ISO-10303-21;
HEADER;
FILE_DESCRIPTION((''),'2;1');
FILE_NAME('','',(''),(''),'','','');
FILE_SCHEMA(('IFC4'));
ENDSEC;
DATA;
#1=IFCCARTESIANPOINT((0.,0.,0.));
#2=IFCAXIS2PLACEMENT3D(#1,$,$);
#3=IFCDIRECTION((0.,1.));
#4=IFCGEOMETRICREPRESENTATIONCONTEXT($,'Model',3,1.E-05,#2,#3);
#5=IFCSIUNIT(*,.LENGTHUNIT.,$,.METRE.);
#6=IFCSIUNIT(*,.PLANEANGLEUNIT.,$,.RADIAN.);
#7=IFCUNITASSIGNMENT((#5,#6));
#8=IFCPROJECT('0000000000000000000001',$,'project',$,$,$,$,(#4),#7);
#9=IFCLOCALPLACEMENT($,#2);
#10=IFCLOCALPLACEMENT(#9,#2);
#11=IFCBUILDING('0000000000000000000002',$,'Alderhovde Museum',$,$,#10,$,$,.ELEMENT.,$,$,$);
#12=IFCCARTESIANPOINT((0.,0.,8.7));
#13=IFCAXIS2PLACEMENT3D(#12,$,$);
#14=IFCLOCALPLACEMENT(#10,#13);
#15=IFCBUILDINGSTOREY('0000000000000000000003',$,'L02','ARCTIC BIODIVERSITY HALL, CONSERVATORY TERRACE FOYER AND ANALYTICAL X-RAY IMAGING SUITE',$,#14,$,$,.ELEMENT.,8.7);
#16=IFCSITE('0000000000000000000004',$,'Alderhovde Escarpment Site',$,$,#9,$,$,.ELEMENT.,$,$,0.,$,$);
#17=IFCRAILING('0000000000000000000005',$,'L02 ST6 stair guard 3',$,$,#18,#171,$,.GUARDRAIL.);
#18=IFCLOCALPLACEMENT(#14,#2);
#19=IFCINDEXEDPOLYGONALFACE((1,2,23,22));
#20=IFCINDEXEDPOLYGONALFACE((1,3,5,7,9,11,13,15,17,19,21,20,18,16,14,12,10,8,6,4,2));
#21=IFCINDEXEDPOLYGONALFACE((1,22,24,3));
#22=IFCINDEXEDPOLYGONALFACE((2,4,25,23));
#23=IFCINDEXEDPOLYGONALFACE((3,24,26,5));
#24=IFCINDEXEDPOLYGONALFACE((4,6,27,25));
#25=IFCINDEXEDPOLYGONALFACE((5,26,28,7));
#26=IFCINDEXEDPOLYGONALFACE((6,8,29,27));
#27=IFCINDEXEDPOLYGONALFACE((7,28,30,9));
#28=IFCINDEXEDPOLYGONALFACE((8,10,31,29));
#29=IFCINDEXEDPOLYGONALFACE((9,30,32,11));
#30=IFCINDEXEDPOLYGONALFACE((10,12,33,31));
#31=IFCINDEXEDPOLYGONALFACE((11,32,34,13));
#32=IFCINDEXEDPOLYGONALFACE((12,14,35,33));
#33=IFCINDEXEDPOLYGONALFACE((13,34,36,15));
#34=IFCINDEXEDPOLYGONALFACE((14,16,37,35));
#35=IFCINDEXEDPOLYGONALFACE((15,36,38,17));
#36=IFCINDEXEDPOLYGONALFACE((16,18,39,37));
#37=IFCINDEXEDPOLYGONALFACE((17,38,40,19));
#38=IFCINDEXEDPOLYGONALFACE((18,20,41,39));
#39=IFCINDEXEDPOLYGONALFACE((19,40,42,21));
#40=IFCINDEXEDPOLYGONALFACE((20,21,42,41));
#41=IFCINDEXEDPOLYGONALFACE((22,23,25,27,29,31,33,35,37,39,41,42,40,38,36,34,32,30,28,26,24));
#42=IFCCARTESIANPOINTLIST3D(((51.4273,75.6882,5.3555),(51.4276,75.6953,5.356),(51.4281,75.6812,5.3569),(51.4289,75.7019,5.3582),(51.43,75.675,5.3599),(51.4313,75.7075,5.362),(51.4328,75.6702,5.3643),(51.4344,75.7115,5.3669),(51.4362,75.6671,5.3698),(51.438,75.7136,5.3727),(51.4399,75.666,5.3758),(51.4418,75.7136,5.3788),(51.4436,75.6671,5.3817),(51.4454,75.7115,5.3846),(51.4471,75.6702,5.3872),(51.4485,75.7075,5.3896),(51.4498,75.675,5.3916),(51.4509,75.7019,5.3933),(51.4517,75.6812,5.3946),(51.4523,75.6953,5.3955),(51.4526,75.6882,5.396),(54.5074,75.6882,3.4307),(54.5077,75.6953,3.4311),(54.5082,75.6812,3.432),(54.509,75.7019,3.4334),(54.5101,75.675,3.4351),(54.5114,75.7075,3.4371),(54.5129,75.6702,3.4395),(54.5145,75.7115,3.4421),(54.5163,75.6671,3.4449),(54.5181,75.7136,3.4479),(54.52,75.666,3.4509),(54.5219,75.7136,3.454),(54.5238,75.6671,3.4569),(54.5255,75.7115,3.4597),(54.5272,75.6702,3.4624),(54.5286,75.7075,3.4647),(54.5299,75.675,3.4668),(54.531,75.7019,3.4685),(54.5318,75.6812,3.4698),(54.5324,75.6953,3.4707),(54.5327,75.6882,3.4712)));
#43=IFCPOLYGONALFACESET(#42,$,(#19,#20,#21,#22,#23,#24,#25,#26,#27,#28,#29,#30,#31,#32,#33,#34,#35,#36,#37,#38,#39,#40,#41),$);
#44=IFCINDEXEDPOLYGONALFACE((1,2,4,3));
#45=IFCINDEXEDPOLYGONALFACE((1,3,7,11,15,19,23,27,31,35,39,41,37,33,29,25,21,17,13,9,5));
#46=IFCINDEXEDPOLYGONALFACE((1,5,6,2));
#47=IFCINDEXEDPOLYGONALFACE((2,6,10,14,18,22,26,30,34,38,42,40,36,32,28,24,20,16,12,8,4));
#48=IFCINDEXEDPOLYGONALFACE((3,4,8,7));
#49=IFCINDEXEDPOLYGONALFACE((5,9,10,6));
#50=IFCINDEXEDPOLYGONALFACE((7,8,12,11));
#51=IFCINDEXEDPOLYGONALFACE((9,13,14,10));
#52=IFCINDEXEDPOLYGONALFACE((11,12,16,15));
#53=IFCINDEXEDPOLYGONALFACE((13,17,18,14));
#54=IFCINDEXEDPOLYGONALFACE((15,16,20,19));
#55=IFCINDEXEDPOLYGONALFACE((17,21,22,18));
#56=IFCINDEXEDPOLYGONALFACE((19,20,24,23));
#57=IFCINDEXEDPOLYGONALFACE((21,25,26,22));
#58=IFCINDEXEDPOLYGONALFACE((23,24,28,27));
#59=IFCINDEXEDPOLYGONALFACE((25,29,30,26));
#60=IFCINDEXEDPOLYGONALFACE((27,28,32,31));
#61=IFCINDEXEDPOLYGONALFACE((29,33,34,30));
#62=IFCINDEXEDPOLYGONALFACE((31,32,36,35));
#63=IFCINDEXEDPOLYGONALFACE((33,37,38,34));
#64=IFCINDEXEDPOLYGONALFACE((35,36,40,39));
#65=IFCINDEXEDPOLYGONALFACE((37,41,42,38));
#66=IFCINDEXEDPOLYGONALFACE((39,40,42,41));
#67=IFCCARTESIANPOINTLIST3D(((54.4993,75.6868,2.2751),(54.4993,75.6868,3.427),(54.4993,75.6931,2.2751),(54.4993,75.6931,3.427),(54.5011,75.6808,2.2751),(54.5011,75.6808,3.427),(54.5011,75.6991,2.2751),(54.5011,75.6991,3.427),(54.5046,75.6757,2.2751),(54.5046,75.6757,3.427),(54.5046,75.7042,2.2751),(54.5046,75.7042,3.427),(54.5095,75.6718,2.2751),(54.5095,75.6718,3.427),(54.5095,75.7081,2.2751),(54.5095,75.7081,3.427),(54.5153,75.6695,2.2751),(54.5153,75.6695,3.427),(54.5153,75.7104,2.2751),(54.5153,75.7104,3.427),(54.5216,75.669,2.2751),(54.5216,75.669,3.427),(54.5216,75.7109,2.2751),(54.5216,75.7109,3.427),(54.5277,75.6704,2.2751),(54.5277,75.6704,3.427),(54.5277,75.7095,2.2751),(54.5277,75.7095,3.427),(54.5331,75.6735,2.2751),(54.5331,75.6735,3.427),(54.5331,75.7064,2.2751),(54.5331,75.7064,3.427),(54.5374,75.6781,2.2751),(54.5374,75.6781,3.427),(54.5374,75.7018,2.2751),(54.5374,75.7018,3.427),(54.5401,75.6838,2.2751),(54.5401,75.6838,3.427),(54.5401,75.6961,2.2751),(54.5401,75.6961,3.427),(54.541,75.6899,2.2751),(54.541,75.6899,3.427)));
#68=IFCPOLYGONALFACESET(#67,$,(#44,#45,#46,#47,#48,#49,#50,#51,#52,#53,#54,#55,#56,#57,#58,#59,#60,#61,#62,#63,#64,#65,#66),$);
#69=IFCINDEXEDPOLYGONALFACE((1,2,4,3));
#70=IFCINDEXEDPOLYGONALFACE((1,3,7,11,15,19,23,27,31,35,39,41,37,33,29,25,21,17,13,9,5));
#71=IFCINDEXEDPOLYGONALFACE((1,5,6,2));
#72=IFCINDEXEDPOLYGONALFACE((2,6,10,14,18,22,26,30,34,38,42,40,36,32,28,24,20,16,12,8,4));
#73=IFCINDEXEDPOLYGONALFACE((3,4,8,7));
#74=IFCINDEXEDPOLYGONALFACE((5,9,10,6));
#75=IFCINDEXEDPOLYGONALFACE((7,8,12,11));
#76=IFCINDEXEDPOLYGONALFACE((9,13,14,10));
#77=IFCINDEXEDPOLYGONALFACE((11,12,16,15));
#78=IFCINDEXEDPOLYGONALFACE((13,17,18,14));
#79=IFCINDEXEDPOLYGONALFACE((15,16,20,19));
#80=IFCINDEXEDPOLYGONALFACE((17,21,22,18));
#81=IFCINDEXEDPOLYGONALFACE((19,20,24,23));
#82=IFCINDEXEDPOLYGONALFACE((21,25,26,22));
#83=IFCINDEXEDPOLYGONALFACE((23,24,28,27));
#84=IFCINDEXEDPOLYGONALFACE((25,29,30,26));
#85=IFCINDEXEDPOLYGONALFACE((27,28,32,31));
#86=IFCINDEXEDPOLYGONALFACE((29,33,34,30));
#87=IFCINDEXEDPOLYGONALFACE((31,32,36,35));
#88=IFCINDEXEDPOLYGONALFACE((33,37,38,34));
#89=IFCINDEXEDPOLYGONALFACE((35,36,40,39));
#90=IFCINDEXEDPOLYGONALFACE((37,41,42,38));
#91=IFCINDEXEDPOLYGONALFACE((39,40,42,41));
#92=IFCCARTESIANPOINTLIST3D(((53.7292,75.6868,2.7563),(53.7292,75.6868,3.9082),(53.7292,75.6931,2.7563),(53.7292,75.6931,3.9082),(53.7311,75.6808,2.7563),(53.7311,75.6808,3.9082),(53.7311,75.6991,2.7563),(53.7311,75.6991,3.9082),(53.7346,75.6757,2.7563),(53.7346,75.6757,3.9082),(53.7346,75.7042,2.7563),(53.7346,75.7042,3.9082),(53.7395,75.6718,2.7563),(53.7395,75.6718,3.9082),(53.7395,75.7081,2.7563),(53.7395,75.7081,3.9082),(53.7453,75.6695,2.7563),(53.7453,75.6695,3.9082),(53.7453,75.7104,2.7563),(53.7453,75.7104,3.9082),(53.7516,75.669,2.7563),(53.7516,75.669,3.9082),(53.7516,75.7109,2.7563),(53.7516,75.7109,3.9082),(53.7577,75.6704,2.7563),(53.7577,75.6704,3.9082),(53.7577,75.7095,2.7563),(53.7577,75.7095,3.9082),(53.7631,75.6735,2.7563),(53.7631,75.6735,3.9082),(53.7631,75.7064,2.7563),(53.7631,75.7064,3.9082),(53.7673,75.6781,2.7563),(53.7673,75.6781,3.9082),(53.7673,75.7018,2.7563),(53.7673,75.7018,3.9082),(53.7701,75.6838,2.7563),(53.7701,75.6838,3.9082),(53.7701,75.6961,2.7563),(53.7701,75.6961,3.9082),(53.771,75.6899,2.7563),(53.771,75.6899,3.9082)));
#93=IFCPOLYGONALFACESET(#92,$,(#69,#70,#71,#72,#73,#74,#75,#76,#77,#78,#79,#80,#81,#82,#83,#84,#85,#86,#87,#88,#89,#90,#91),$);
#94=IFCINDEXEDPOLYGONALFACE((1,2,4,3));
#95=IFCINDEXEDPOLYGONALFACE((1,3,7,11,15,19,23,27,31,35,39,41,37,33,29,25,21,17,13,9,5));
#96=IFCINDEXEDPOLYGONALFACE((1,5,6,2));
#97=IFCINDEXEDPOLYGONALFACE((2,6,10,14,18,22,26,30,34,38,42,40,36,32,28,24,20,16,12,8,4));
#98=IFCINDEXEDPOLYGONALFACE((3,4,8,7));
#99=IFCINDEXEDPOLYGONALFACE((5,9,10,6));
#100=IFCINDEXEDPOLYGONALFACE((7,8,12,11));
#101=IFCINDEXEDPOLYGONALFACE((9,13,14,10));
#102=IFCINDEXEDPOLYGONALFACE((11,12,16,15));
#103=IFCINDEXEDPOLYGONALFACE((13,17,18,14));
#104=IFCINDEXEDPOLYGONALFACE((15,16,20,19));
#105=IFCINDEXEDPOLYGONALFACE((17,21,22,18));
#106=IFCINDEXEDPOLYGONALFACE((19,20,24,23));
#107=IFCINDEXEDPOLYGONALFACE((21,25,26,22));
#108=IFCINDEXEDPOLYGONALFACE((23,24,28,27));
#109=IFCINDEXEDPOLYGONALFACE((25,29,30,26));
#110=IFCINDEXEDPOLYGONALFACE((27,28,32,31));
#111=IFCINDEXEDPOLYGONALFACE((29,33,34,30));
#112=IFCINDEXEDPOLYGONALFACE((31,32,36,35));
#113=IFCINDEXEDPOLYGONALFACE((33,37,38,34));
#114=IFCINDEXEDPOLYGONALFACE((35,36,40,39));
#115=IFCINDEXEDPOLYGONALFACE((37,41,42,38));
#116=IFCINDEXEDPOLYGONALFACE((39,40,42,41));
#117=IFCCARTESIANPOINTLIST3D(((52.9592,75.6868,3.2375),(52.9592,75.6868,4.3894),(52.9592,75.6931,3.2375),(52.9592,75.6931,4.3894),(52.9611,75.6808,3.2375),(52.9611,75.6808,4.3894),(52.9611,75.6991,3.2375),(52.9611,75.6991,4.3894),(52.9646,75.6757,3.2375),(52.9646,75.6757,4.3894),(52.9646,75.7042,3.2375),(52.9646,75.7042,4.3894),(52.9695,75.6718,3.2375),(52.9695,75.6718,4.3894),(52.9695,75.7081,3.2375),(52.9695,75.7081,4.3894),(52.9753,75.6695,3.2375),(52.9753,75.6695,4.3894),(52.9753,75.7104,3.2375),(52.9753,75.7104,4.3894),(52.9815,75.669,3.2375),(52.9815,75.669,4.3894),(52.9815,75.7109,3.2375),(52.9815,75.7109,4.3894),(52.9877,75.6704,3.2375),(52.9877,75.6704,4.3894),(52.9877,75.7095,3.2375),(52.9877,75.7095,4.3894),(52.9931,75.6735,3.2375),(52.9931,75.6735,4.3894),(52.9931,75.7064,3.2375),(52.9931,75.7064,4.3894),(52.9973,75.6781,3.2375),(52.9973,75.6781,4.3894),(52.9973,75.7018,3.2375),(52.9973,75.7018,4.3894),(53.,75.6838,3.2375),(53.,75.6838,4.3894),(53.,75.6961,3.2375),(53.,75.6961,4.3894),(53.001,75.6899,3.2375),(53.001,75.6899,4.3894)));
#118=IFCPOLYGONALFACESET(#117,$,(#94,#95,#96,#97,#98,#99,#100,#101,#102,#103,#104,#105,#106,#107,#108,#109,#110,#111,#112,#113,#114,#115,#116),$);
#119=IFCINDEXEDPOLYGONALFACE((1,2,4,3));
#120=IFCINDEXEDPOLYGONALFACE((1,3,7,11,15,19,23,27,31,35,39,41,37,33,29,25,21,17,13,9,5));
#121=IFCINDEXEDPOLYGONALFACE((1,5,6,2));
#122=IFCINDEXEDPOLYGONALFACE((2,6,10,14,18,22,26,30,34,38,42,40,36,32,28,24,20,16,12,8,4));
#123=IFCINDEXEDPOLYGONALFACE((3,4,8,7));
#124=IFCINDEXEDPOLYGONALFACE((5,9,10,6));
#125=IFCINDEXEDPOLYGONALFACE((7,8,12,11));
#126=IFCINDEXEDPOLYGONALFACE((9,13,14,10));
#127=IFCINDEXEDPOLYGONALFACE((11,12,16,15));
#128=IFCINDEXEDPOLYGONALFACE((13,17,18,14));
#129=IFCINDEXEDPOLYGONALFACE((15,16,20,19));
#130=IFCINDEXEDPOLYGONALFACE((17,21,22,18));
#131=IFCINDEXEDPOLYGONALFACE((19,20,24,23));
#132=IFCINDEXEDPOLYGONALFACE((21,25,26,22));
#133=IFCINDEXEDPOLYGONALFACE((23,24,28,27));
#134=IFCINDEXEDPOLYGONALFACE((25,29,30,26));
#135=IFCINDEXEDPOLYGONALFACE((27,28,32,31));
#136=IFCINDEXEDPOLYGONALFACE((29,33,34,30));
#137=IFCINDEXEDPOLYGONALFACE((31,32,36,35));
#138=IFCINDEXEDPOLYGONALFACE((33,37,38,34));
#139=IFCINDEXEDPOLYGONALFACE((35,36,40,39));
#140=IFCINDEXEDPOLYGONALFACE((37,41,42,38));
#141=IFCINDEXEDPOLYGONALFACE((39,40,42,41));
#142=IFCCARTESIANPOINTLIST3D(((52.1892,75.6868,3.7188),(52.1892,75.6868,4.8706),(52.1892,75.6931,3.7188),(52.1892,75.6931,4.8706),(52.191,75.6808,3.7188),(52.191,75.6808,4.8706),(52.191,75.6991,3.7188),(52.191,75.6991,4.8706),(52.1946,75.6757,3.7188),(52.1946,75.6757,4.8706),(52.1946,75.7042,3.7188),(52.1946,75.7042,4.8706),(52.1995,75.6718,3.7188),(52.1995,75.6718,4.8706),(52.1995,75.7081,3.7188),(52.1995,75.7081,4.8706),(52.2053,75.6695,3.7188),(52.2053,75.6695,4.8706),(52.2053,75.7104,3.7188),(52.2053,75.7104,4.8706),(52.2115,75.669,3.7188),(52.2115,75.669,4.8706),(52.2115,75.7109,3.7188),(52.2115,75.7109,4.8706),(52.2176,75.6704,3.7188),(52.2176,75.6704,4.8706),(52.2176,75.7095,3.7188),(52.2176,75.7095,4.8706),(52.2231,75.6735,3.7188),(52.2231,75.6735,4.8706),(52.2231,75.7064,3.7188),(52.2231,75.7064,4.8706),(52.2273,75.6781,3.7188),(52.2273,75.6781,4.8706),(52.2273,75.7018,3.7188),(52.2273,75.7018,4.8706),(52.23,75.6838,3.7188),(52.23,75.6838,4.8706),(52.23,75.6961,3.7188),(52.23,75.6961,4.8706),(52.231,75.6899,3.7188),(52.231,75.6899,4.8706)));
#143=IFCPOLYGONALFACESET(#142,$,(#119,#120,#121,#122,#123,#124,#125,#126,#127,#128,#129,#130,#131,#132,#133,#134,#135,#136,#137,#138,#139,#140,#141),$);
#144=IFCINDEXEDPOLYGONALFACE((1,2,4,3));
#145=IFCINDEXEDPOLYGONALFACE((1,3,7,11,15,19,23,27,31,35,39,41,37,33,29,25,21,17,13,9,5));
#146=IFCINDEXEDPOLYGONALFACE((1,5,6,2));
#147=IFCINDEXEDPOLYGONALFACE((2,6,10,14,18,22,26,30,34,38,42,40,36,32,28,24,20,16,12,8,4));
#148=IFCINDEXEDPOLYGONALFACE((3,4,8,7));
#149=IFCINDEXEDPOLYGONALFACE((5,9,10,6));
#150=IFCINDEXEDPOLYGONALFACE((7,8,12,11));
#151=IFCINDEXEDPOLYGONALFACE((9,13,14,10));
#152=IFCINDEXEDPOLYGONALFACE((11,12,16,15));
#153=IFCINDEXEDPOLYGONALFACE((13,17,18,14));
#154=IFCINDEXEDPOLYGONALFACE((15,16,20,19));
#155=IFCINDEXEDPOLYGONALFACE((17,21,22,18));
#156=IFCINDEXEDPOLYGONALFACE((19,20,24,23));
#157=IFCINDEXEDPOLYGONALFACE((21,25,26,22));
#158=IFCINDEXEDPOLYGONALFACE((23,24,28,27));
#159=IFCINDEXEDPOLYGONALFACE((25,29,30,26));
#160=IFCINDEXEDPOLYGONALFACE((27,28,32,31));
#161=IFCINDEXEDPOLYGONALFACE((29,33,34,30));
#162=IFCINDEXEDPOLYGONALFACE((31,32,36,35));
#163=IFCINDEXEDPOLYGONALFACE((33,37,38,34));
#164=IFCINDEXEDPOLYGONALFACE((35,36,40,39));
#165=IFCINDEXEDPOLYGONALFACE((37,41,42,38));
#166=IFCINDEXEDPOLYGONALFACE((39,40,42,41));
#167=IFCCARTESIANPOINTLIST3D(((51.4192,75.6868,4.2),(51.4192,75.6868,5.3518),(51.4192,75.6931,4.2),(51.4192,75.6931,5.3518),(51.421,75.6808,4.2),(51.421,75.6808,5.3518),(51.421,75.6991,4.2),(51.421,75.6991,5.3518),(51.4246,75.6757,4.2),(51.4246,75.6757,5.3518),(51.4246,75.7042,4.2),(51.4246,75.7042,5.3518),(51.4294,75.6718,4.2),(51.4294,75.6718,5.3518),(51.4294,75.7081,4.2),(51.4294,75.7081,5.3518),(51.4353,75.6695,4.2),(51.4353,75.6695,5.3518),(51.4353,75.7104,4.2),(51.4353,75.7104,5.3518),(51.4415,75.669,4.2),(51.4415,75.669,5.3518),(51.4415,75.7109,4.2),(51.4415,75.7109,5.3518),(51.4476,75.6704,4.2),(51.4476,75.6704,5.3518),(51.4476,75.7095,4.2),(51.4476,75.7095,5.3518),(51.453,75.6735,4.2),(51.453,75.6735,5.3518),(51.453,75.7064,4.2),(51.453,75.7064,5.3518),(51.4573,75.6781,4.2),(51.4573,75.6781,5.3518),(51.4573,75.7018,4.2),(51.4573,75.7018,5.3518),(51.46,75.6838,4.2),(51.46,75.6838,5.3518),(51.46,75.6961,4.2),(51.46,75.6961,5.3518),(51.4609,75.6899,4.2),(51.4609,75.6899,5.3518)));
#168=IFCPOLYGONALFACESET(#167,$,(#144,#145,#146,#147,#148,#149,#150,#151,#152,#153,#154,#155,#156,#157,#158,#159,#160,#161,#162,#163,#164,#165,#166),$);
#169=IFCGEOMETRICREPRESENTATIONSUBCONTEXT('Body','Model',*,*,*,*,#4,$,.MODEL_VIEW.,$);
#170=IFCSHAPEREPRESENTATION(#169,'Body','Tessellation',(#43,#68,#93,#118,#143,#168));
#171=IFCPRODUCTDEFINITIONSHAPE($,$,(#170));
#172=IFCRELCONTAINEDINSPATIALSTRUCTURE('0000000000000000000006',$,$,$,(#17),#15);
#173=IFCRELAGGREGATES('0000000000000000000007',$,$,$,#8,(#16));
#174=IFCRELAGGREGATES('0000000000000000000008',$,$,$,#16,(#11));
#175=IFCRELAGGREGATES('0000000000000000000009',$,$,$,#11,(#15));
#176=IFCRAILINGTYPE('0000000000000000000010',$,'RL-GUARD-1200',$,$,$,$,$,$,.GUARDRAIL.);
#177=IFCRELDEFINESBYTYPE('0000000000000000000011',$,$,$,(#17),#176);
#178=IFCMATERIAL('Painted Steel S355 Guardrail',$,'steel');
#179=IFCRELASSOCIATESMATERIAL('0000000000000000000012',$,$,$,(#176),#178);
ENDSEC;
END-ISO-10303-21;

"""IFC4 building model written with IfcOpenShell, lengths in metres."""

from ifc_helpers import new_model, si_unit, direction, frame, origin, origin_2d, place, context, subcontext, project, spatial, circle, extrude, material, type_object, element, save


model = new_model("IFC4")

# Units and contexts
model_context = context("Model", 3, precision=1e-05, world=origin(), true_north=direction((0.0, 1.0)))
body_context = subcontext(model_context, "Body", "Model", "MODEL_VIEW")
ifc_project = project(units=[si_unit("LENGTHUNIT", "METRE"), si_unit("PLANEANGLEUNIT", "RADIAN")], contexts=[model_context])

# Site, building, storey
site_placement = place(None, origin())
site = spatial("IfcSite", under=ifc_project, at=site_placement, Name="Alderhovde Escarpment Site", CompositionType="ELEMENT", RefElevation=0.0)
building_placement = place(site_placement, origin())
building = spatial("IfcBuilding", under=site, at=building_placement, Name="Alderhovde Museum", CompositionType="ELEMENT")
storey_placement = place(building_placement, frame((0.0, 0.0, 8.7)))
storey = spatial("IfcBuildingStorey", under=building, at=storey_placement, Name="L02", Description="ARCTIC BIODIVERSITY HALL, CONSERVATORY TERRACE FOYER AND ANALYTICAL X-RAY IMAGING SUITE", CompositionType="ELEMENT", Elevation=8.7)

# Railing
ifc_material_1 = material(Name="Painted Steel S355 Guardrail", Category="steel")
railing_type_1 = type_object("IfcRailingType", Name="RL-GUARD-1200", PredefinedType="GUARDRAIL", material=ifc_material_1)
railing_1_placement = place(storey_placement, frame((54.52, 75.6899, 2.2751)))
element("IfcRailing", 1, at=railing_1_placement, inside=storey, type_object=railing_type_1, Name="L02 ST6 stair guard 3", PredefinedType="GUARDRAIL", context=body_context, shape_type="SweptSolid", body=[
    extrude(circle(Radius=0.0239, at=origin_2d()), frame((0.0, 0.0, 1.1758), z_axis=(-0.848029, 0.0, 0.529951), x_axis=(0.0, -1.0, 0.0)), (0.0, 0.0, 1.0), 3.6321),
    extrude(circle(Radius=0.021, at=origin_2d()), origin(), (0.0, 0.0, 1.0), 1.1519),
    extrude(circle(Radius=0.021, at=origin_2d()), frame((-0.77, 0.0, 0.4812)), (0.0, 0.0, 1.0), 1.1519),
    extrude(circle(Radius=0.021, at=origin_2d()), frame((-1.54, 0.0, 0.9624)), (0.0, 0.0, 1.0), 1.1519),
    extrude(circle(Radius=0.021, at=origin_2d()), frame((-2.3101, 0.0, 1.4436)), (0.0, 0.0, 1.0), 1.1519),
    extrude(circle(Radius=0.021, at=origin_2d()), frame((-3.0801, 0.0, 1.9248)), (0.0, 0.0, 1.0), 1.1519),
])

save(model, "model.ifc")
